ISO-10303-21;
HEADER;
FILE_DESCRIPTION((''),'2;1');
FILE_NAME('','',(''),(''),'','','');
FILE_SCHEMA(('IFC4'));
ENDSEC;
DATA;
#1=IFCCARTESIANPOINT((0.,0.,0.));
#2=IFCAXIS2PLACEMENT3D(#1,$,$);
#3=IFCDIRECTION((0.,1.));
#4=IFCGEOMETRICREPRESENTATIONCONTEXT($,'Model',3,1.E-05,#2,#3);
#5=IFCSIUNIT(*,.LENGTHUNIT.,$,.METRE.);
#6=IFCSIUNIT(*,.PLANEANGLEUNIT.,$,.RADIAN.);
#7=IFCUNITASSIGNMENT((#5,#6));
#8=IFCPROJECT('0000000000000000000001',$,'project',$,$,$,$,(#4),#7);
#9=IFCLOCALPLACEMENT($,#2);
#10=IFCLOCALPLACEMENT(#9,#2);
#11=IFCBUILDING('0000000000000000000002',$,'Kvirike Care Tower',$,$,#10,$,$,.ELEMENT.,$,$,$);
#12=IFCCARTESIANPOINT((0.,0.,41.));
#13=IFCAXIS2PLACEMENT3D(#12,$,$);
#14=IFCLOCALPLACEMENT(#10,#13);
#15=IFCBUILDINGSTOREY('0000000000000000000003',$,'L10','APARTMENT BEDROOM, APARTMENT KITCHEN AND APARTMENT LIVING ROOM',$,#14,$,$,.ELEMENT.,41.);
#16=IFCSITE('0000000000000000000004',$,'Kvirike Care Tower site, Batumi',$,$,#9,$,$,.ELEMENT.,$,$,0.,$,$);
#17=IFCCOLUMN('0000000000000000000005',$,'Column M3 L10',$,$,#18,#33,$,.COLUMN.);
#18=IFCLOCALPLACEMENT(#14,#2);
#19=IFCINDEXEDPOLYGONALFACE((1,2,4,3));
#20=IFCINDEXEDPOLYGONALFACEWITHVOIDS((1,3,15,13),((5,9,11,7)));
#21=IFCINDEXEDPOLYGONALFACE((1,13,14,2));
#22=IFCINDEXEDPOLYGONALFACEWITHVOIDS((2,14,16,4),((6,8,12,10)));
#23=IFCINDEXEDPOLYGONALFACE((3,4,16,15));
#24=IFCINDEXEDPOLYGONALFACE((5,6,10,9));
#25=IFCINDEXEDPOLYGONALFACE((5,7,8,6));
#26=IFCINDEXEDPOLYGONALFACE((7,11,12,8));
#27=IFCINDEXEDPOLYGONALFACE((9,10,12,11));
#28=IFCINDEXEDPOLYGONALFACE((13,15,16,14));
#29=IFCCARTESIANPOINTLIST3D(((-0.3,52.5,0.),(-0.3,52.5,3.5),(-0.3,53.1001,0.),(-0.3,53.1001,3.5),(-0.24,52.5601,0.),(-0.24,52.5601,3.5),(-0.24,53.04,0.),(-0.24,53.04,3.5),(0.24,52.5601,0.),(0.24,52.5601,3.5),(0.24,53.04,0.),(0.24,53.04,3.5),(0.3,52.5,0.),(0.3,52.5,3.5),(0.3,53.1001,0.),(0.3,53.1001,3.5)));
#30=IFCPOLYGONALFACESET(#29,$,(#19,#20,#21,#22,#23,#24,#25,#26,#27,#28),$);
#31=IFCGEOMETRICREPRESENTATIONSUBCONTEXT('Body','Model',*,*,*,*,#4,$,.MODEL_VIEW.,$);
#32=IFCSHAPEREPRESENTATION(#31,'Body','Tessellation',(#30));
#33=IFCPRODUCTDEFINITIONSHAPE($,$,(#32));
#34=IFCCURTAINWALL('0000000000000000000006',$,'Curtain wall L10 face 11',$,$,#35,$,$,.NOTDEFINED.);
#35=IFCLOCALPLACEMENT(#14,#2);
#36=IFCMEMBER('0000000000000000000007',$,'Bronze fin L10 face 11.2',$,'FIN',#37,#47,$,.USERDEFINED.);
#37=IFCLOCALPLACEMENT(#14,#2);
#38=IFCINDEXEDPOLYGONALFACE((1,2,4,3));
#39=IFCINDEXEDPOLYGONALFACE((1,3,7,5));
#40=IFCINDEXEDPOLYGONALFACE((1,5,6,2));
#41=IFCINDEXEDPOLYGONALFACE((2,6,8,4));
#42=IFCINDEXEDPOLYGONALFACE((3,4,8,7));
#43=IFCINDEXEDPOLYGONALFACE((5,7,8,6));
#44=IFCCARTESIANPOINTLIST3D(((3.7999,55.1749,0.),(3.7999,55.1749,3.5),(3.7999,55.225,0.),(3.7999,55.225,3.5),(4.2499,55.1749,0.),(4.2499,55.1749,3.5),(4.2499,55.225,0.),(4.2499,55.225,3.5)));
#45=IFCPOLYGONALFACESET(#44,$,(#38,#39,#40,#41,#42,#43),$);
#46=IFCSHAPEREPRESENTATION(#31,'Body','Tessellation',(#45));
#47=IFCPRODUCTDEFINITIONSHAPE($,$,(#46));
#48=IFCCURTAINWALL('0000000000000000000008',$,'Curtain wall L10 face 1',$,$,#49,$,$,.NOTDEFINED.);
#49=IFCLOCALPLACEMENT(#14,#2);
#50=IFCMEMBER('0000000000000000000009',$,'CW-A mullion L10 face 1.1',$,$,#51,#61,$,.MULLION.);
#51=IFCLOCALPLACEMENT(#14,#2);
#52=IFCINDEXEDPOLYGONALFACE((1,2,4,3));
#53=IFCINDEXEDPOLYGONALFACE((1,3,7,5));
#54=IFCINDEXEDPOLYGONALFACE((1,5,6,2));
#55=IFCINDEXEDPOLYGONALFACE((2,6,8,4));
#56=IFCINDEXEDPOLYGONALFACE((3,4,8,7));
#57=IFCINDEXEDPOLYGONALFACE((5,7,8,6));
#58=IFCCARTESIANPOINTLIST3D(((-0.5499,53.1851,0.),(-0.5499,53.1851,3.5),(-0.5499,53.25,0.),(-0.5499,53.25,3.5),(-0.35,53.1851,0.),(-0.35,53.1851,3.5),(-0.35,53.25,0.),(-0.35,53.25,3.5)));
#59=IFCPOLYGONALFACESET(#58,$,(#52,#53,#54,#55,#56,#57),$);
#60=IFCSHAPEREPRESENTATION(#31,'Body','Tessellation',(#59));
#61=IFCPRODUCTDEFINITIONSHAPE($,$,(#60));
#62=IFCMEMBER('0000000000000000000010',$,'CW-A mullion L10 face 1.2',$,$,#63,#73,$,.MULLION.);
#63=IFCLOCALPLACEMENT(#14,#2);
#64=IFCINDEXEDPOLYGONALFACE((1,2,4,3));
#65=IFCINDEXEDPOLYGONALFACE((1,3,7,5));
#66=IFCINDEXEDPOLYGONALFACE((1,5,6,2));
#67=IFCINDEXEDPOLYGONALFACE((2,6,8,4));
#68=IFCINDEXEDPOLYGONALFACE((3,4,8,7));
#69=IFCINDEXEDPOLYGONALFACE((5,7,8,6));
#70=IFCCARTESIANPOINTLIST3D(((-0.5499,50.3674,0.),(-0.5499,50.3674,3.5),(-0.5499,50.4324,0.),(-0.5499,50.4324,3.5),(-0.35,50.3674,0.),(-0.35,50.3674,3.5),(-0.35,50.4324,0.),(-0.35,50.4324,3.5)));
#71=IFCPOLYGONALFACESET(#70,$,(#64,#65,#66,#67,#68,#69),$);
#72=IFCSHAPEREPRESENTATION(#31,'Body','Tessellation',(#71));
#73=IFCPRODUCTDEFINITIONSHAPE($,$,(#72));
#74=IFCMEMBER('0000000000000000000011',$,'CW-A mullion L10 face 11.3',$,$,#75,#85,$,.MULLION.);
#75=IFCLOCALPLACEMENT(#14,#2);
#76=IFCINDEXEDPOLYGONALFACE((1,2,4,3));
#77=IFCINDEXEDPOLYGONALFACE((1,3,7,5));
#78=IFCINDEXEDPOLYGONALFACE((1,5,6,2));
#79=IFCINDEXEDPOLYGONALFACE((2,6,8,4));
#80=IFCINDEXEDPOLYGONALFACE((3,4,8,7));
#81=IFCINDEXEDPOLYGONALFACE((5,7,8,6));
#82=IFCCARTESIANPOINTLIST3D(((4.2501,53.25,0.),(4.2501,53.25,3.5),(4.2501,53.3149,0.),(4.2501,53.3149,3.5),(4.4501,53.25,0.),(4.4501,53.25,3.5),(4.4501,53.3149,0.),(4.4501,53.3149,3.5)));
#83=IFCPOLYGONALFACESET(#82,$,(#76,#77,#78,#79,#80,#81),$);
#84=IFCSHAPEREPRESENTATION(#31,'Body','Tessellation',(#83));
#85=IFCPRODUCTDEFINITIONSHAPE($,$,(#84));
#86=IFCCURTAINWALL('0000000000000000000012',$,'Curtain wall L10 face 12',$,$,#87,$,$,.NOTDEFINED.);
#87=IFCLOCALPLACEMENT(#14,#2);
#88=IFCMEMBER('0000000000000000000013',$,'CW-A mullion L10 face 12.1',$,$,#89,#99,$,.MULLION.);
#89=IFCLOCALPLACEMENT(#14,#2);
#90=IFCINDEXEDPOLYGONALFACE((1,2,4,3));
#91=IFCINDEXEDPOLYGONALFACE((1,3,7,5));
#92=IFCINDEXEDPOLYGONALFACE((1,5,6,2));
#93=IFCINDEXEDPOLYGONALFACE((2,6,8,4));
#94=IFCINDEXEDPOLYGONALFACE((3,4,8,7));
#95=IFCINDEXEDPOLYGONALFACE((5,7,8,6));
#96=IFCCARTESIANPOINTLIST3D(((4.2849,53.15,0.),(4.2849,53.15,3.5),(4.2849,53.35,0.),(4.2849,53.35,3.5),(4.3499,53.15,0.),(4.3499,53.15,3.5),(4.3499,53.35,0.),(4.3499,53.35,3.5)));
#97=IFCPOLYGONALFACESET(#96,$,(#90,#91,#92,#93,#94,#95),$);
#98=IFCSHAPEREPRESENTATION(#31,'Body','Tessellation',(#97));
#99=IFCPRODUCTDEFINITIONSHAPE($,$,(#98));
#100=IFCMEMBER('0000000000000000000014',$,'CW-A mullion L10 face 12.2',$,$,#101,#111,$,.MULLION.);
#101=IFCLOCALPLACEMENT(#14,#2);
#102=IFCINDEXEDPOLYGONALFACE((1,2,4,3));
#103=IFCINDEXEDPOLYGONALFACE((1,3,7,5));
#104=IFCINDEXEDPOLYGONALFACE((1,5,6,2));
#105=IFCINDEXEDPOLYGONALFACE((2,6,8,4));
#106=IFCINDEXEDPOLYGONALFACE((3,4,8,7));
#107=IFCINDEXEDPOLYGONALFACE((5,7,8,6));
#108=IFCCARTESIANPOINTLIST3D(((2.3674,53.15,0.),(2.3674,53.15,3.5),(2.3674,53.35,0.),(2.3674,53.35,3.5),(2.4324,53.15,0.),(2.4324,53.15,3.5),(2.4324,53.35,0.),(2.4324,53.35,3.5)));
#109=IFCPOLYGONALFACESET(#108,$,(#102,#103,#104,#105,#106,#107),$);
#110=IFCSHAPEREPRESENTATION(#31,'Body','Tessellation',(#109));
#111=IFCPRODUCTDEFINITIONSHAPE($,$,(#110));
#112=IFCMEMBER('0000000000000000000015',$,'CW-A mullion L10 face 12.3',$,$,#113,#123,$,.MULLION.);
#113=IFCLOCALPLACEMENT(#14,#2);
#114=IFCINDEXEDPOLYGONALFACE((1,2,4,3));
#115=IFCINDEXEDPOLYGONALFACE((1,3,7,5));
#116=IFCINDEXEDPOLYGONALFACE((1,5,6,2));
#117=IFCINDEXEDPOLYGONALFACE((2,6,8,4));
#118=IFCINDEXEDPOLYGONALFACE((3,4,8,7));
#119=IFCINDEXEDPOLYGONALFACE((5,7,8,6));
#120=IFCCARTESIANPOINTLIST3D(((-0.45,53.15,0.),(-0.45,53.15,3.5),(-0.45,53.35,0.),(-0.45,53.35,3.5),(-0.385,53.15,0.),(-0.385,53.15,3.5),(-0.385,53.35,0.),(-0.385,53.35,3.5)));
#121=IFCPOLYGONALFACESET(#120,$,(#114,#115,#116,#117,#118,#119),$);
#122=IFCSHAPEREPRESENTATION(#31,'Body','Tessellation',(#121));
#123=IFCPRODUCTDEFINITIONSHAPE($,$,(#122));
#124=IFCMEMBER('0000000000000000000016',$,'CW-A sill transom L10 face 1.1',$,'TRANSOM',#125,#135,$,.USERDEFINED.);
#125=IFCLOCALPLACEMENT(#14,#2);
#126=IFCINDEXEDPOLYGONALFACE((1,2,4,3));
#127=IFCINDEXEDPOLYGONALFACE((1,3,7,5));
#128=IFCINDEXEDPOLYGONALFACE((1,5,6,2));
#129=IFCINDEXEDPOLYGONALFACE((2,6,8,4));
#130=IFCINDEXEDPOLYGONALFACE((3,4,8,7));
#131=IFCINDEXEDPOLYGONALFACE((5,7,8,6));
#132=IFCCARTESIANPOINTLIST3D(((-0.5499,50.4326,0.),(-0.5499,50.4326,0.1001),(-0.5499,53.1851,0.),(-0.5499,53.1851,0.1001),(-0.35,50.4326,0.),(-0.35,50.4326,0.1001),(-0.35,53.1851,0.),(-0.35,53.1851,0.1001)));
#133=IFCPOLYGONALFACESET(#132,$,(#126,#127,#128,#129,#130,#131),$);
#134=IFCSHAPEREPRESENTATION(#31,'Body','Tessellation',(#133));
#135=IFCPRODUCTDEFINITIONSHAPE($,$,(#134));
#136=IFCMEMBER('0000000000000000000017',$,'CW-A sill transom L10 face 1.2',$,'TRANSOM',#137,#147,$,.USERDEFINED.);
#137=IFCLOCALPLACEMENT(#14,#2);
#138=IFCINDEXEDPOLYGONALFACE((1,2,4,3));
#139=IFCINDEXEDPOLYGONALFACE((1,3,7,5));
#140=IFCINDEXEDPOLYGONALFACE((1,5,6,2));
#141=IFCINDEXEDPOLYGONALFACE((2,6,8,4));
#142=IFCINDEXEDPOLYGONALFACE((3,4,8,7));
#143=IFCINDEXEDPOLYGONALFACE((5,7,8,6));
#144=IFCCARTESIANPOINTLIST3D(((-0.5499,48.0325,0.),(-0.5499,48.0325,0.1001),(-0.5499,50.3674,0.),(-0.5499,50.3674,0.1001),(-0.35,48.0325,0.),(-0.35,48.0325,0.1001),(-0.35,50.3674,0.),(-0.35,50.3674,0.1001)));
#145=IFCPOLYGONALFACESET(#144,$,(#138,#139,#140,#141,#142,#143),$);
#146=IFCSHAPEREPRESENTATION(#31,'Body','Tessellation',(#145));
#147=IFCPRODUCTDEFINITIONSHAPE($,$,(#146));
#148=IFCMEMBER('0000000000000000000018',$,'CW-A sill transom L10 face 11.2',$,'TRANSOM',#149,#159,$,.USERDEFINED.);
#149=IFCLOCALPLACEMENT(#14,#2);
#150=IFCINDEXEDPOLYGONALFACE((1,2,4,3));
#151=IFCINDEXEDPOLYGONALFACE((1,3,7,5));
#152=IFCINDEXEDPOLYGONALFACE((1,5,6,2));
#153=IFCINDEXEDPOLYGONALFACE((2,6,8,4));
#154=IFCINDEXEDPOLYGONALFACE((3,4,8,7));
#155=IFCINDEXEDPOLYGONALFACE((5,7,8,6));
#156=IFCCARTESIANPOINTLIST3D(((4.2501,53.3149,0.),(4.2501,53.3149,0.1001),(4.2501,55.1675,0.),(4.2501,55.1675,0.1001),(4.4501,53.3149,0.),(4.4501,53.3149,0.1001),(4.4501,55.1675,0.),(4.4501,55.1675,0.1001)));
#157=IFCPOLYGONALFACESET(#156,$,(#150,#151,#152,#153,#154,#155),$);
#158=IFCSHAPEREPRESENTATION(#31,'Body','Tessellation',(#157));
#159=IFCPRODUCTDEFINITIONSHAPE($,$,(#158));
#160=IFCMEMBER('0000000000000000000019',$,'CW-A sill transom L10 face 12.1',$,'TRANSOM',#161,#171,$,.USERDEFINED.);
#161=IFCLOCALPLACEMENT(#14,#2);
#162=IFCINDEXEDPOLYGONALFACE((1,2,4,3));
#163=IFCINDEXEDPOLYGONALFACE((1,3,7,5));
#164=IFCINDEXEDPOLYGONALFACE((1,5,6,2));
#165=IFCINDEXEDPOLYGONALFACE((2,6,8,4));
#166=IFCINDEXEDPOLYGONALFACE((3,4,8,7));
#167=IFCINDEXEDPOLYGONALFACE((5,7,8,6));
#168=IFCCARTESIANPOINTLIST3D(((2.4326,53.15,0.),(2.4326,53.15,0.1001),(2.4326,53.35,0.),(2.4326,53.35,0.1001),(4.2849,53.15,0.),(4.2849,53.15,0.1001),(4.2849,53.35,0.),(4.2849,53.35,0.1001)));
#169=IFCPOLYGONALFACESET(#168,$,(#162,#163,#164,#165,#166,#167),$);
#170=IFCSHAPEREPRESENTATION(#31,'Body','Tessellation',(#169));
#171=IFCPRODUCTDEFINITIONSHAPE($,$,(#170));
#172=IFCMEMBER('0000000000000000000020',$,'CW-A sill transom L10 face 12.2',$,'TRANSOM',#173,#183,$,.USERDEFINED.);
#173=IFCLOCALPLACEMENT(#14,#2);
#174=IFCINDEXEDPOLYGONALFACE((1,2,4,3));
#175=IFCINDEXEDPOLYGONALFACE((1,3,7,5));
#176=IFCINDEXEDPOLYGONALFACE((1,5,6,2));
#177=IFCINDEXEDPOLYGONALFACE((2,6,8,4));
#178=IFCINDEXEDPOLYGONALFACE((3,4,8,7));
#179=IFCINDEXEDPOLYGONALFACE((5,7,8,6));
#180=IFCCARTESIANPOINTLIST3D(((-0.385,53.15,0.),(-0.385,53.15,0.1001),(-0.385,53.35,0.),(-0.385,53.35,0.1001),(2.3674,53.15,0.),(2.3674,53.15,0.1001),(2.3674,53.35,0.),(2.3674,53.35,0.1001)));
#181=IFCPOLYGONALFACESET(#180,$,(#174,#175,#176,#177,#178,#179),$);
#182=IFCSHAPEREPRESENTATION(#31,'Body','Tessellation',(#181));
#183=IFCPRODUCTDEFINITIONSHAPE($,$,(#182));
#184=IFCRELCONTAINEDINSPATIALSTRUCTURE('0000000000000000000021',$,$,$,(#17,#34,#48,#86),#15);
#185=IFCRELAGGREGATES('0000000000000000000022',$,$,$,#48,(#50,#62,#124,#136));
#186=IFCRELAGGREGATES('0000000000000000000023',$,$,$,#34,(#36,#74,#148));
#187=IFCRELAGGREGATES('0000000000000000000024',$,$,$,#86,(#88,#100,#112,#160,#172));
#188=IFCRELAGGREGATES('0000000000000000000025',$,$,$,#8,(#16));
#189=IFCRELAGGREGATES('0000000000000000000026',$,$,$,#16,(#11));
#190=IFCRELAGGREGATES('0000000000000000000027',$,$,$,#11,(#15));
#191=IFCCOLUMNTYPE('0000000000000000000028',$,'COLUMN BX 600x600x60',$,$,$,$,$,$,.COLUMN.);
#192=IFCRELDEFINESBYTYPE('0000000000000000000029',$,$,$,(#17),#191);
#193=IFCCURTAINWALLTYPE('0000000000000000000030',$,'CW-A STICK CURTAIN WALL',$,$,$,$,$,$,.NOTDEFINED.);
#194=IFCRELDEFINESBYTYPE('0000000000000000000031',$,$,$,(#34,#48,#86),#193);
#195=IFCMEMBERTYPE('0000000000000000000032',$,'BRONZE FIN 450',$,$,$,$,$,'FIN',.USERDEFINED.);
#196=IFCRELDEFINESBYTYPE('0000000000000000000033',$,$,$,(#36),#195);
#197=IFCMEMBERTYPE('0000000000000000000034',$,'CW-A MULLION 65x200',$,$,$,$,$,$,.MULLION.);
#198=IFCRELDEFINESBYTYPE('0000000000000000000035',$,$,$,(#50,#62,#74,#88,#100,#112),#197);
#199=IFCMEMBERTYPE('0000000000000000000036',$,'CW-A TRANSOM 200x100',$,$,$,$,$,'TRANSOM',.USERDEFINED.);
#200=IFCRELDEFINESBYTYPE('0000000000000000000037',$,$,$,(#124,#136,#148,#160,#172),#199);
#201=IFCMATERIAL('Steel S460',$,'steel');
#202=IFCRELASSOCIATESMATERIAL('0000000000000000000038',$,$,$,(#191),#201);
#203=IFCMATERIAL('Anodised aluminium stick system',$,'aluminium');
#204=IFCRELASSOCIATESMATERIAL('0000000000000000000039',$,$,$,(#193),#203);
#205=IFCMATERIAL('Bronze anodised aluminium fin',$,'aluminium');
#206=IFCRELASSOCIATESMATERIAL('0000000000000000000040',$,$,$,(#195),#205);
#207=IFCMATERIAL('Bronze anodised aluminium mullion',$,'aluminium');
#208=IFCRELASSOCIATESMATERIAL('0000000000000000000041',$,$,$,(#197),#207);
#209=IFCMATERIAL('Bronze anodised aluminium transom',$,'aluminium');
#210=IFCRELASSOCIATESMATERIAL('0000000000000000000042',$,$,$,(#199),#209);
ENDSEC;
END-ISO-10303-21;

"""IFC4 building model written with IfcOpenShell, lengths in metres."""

from ifc_helpers import new_model, si_unit, direction, frame, origin, origin_2d, place, context, subcontext, project, spatial, rectangle, hollow_rectangle, extrude, material, material_profile, profile_set, type_object, element, aggregate, save


model = new_model("IFC4")

# Units and contexts
model_context = context("Model", 3, precision=1e-05, world=origin(), true_north=direction((0.0, 1.0)))
body_context = subcontext(model_context, "Body", "Model", "MODEL_VIEW")
ifc_project = project(units=[si_unit("LENGTHUNIT", "METRE"), si_unit("PLANEANGLEUNIT", "RADIAN")], contexts=[model_context])

# Site, building, storey
site_placement = place(None, origin())
site = spatial("IfcSite", under=ifc_project, at=site_placement, Name="Kvirike Care Tower site, Batumi", CompositionType="ELEMENT", RefElevation=0.0)
building_placement = place(site_placement, origin())
building = spatial("IfcBuilding", under=site, at=building_placement, Name="Kvirike Care Tower", CompositionType="ELEMENT")
storey_placement = place(building_placement, frame((0.0, 0.0, 41.0)))
storey = spatial("IfcBuildingStorey", under=building, at=storey_placement, Name="L10", Description="APARTMENT BEDROOM, APARTMENT KITCHEN AND APARTMENT LIVING ROOM", CompositionType="ELEMENT", Elevation=41.0)

# Column
ifc_material_1 = material(Name="Steel S460", Category="steel")
ifc_material_profile_1 = material_profile(ifc_material_1, hollow_rectangle(XDim=0.6001, YDim=0.6001, WallThickness=0.0601, at=origin_2d()), Name="BX 600x600x60")
ifc_profile_set_1 = profile_set([ifc_material_profile_1], Name="Steel S460")
column_type = type_object("IfcColumnType", Name="COLUMN BX 600x600x60", PredefinedType="COLUMN", material=ifc_profile_set_1)
column_placement = place(storey_placement, frame((0.0, 52.8, 0.0), z_axis=(0.0, 0.0, 1.0), x_axis=(0.0, 1.0, 0.0)))
element("IfcColumn", 1, at=column_placement, inside=storey, type_object=column_type, Name="Column M3 L10", PredefinedType="COLUMN", context=body_context, shape_type="SweptSolid", body=[
    extrude(hollow_rectangle(XDim=0.6001, YDim=0.6001, WallThickness=0.0601, at=origin_2d()), origin(), (0.0, 0.0, 1.0), 3.5),
])

# Curtain wall, member
ifc_material_2 = material(Name="Anodised aluminium stick system", Category="aluminium")
curtain_wall_type = type_object("IfcCurtainWallType", Name="CW-A STICK CURTAIN WALL", PredefinedType="NOTDEFINED", material=ifc_material_2)
curtain_wall_1_placement = place(storey_placement, origin())
curtain_wall_1 = element("IfcCurtainWall", 2, at=curtain_wall_1_placement, inside=storey, type_object=curtain_wall_type, Name="Curtain wall L10 face 11", PredefinedType="NOTDEFINED")
ifc_material_3 = material(Name="Bronze anodised aluminium fin", Category="aluminium")
ifc_material_profile_2 = material_profile(ifc_material_3, rectangle(XDim=0.05, YDim=0.45, at=origin_2d()), Name="BRONZE FIN 450")
ifc_profile_set_2 = profile_set([ifc_material_profile_2], Name="Bronze anodised aluminium fin")
member_type_1 = type_object("IfcMemberType", Name="BRONZE FIN 450", ElementType="FIN", PredefinedType="USERDEFINED", material=ifc_profile_set_2)
member_1_placement = place(storey_placement, frame((4.0249, 55.2, 0.0), z_axis=(0.0, 0.0, 1.0), x_axis=(0.0, -1.0, 0.0)))
member_1 = element("IfcMember", 3, at=member_1_placement, type_object=member_type_1, Name="Bronze fin L10 face 11.2", ObjectType="FIN", PredefinedType="USERDEFINED", context=body_context, shape_type="SweptSolid", body=[
    extrude(rectangle(XDim=0.05, YDim=0.45, at=origin_2d()), origin(), (0.0, 0.0, 1.0), 3.5),
])

# Curtain wall, members
curtain_wall_2_placement = place(storey_placement, origin())
curtain_wall_2 = element("IfcCurtainWall", 4, at=curtain_wall_2_placement, inside=storey, type_object=curtain_wall_type, Name="Curtain wall L10 face 1", PredefinedType="NOTDEFINED")
ifc_material_4 = material(Name="Bronze anodised aluminium mullion", Category="aluminium")
ifc_material_profile_3 = material_profile(ifc_material_4, rectangle(XDim=0.0649, YDim=0.2, at=origin_2d()), Name="CW-A MULLION 65x200")
ifc_profile_set_3 = profile_set([ifc_material_profile_3], Name="Bronze anodised aluminium mullion")
member_type_2 = type_object("IfcMemberType", Name="CW-A MULLION 65x200", PredefinedType="MULLION", material=ifc_profile_set_3)
member_2_placement = place(storey_placement, frame((-0.45, 53.2175, 0.0), z_axis=(0.0, 0.0, 1.0), x_axis=(0.0, -1.0, 0.0)))
member_2 = element("IfcMember", 5, at=member_2_placement, type_object=member_type_2, Name="CW-A mullion L10 face 1.1", PredefinedType="MULLION", context=body_context, shape_type="SweptSolid", body=[
    extrude(rectangle(XDim=0.0649, YDim=0.2, at=origin_2d()), origin(), (0.0, 0.0, 1.0), 3.5),
])
member_3_placement = place(storey_placement, frame((-0.45, 50.3999, 0.0), z_axis=(0.0, 0.0, 1.0), x_axis=(0.0, -1.0, 0.0)))
member_3 = element("IfcMember", 6, at=member_3_placement, type_object=member_type_2, Name="CW-A mullion L10 face 1.2", PredefinedType="MULLION", context=body_context, shape_type="SweptSolid", body=[
    extrude(rectangle(XDim=0.0649, YDim=0.2, at=origin_2d()), origin(), (0.0, 0.0, 1.0), 3.5),
])

# Member
member_4_placement = place(storey_placement, frame((4.3501, 53.2825, 0.0), z_axis=(0.0, 0.0, 1.0), x_axis=(0.0, -1.0, 0.0)))
member_4 = element("IfcMember", 7, at=member_4_placement, type_object=member_type_2, Name="CW-A mullion L10 face 11.3", PredefinedType="MULLION", context=body_context, shape_type="SweptSolid", body=[
    extrude(rectangle(XDim=0.0649, YDim=0.2, at=origin_2d()), origin(), (0.0, 0.0, 1.0), 3.5),
])

# Curtain wall, members
curtain_wall_3_placement = place(storey_placement, origin())
curtain_wall_3 = element("IfcCurtainWall", 8, at=curtain_wall_3_placement, inside=storey, type_object=curtain_wall_type, Name="Curtain wall L10 face 12", PredefinedType="NOTDEFINED")
member_5_placement = place(storey_placement, frame((4.3174, 53.25, 0.0), z_axis=(0.0, 0.0, 1.0), x_axis=(-1.0, 0.0, 0.0)))
member_5 = element("IfcMember", 9, at=member_5_placement, type_object=member_type_2, Name="CW-A mullion L10 face 12.1", PredefinedType="MULLION", context=body_context, shape_type="SweptSolid", body=[
    extrude(rectangle(XDim=0.0649, YDim=0.2, at=origin_2d()), origin(), (0.0, 0.0, 1.0), 3.5),
])
member_6_placement = place(storey_placement, frame((2.3999, 53.25, 0.0), z_axis=(0.0, 0.0, 1.0), x_axis=(-1.0, 0.0, 0.0)))
member_6 = element("IfcMember", 10, at=member_6_placement, type_object=member_type_2, Name="CW-A mullion L10 face 12.2", PredefinedType="MULLION", context=body_context, shape_type="SweptSolid", body=[
    extrude(rectangle(XDim=0.0649, YDim=0.2, at=origin_2d()), origin(), (0.0, 0.0, 1.0), 3.5),
])
member_7_placement = place(storey_placement, frame((-0.4175, 53.25, 0.0), z_axis=(0.0, 0.0, 1.0), x_axis=(-1.0, 0.0, 0.0)))
member_7 = element("IfcMember", 11, at=member_7_placement, type_object=member_type_2, Name="CW-A mullion L10 face 12.3", PredefinedType="MULLION", context=body_context, shape_type="SweptSolid", body=[
    extrude(rectangle(XDim=0.0649, YDim=0.2, at=origin_2d()), origin(), (0.0, 0.0, 1.0), 3.5),
])

# Members
ifc_material_5 = material(Name="Bronze anodised aluminium transom", Category="aluminium")
ifc_material_profile_4 = material_profile(ifc_material_5, rectangle(XDim=0.2, YDim=0.1001, at=origin_2d()), Name="CW-A TRANSOM 200x100")
ifc_profile_set_4 = profile_set([ifc_material_profile_4], Name="Bronze anodised aluminium transom")
member_type_3 = type_object("IfcMemberType", Name="CW-A TRANSOM 200x100", ElementType="TRANSOM", PredefinedType="USERDEFINED", material=ifc_profile_set_4)
member_8_placement = place(storey_placement, frame((-0.45, 53.1851, 0.05), z_axis=(0.0, -1.0, 0.0), x_axis=(1.0, 0.0, 0.0)))
member_8 = element("IfcMember", 12, at=member_8_placement, type_object=member_type_3, Name="CW-A sill transom L10 face 1.1", ObjectType="TRANSOM", PredefinedType="USERDEFINED", context=body_context, shape_type="SweptSolid", body=[
    extrude(rectangle(XDim=0.2, YDim=0.1001, at=origin_2d()), origin(), (0.0, 0.0, 1.0), 2.7524),
])
member_9_placement = place(storey_placement, frame((-0.45, 50.3674, 0.05), z_axis=(0.0, -1.0, 0.0), x_axis=(1.0, 0.0, 0.0)))
member_9 = element("IfcMember", 13, at=member_9_placement, type_object=member_type_3, Name="CW-A sill transom L10 face 1.2", ObjectType="TRANSOM", PredefinedType="USERDEFINED", context=body_context, shape_type="SweptSolid", body=[
    extrude(rectangle(XDim=0.2, YDim=0.1001, at=origin_2d()), origin(), (0.0, 0.0, 1.0), 2.335),
])
member_10_placement = place(storey_placement, frame((4.3501, 55.1675, 0.05), z_axis=(0.0, -1.0, 0.0), x_axis=(1.0, 0.0, 0.0)))
member_10 = element("IfcMember", 14, at=member_10_placement, type_object=member_type_3, Name="CW-A sill transom L10 face 11.2", ObjectType="TRANSOM", PredefinedType="USERDEFINED", context=body_context, shape_type="SweptSolid", body=[
    extrude(rectangle(XDim=0.2, YDim=0.1001, at=origin_2d()), origin(), (0.0, 0.0, 1.0), 1.8525),
])
member_11_placement = place(storey_placement, frame((4.2849, 53.25, 0.05), z_axis=(-1.0, 0.0, 0.0), x_axis=(0.0, -1.0, 0.0)))
member_11 = element("IfcMember", 15, at=member_11_placement, type_object=member_type_3, Name="CW-A sill transom L10 face 12.1", ObjectType="TRANSOM", PredefinedType="USERDEFINED", context=body_context, shape_type="SweptSolid", body=[
    extrude(rectangle(XDim=0.2, YDim=0.1001, at=origin_2d()), origin(), (0.0, 0.0, 1.0), 1.8523),
])
member_12_placement = place(storey_placement, frame((2.3674, 53.25, 0.05), z_axis=(-1.0, 0.0, 0.0), x_axis=(0.0, -1.0, 0.0)))
member_12 = element("IfcMember", 16, at=member_12_placement, type_object=member_type_3, Name="CW-A sill transom L10 face 12.2", ObjectType="TRANSOM", PredefinedType="USERDEFINED", context=body_context, shape_type="SweptSolid", body=[
    extrude(rectangle(XDim=0.2, YDim=0.1001, at=origin_2d()), origin(), (0.0, 0.0, 1.0), 2.7524),
])

aggregate(curtain_wall_2, [member_2, member_3, member_8, member_9])
aggregate(curtain_wall_1, [member_1, member_4, member_10])
aggregate(curtain_wall_3, [member_5, member_6, member_7, member_11, member_12])

save(model, "model.ifc")
